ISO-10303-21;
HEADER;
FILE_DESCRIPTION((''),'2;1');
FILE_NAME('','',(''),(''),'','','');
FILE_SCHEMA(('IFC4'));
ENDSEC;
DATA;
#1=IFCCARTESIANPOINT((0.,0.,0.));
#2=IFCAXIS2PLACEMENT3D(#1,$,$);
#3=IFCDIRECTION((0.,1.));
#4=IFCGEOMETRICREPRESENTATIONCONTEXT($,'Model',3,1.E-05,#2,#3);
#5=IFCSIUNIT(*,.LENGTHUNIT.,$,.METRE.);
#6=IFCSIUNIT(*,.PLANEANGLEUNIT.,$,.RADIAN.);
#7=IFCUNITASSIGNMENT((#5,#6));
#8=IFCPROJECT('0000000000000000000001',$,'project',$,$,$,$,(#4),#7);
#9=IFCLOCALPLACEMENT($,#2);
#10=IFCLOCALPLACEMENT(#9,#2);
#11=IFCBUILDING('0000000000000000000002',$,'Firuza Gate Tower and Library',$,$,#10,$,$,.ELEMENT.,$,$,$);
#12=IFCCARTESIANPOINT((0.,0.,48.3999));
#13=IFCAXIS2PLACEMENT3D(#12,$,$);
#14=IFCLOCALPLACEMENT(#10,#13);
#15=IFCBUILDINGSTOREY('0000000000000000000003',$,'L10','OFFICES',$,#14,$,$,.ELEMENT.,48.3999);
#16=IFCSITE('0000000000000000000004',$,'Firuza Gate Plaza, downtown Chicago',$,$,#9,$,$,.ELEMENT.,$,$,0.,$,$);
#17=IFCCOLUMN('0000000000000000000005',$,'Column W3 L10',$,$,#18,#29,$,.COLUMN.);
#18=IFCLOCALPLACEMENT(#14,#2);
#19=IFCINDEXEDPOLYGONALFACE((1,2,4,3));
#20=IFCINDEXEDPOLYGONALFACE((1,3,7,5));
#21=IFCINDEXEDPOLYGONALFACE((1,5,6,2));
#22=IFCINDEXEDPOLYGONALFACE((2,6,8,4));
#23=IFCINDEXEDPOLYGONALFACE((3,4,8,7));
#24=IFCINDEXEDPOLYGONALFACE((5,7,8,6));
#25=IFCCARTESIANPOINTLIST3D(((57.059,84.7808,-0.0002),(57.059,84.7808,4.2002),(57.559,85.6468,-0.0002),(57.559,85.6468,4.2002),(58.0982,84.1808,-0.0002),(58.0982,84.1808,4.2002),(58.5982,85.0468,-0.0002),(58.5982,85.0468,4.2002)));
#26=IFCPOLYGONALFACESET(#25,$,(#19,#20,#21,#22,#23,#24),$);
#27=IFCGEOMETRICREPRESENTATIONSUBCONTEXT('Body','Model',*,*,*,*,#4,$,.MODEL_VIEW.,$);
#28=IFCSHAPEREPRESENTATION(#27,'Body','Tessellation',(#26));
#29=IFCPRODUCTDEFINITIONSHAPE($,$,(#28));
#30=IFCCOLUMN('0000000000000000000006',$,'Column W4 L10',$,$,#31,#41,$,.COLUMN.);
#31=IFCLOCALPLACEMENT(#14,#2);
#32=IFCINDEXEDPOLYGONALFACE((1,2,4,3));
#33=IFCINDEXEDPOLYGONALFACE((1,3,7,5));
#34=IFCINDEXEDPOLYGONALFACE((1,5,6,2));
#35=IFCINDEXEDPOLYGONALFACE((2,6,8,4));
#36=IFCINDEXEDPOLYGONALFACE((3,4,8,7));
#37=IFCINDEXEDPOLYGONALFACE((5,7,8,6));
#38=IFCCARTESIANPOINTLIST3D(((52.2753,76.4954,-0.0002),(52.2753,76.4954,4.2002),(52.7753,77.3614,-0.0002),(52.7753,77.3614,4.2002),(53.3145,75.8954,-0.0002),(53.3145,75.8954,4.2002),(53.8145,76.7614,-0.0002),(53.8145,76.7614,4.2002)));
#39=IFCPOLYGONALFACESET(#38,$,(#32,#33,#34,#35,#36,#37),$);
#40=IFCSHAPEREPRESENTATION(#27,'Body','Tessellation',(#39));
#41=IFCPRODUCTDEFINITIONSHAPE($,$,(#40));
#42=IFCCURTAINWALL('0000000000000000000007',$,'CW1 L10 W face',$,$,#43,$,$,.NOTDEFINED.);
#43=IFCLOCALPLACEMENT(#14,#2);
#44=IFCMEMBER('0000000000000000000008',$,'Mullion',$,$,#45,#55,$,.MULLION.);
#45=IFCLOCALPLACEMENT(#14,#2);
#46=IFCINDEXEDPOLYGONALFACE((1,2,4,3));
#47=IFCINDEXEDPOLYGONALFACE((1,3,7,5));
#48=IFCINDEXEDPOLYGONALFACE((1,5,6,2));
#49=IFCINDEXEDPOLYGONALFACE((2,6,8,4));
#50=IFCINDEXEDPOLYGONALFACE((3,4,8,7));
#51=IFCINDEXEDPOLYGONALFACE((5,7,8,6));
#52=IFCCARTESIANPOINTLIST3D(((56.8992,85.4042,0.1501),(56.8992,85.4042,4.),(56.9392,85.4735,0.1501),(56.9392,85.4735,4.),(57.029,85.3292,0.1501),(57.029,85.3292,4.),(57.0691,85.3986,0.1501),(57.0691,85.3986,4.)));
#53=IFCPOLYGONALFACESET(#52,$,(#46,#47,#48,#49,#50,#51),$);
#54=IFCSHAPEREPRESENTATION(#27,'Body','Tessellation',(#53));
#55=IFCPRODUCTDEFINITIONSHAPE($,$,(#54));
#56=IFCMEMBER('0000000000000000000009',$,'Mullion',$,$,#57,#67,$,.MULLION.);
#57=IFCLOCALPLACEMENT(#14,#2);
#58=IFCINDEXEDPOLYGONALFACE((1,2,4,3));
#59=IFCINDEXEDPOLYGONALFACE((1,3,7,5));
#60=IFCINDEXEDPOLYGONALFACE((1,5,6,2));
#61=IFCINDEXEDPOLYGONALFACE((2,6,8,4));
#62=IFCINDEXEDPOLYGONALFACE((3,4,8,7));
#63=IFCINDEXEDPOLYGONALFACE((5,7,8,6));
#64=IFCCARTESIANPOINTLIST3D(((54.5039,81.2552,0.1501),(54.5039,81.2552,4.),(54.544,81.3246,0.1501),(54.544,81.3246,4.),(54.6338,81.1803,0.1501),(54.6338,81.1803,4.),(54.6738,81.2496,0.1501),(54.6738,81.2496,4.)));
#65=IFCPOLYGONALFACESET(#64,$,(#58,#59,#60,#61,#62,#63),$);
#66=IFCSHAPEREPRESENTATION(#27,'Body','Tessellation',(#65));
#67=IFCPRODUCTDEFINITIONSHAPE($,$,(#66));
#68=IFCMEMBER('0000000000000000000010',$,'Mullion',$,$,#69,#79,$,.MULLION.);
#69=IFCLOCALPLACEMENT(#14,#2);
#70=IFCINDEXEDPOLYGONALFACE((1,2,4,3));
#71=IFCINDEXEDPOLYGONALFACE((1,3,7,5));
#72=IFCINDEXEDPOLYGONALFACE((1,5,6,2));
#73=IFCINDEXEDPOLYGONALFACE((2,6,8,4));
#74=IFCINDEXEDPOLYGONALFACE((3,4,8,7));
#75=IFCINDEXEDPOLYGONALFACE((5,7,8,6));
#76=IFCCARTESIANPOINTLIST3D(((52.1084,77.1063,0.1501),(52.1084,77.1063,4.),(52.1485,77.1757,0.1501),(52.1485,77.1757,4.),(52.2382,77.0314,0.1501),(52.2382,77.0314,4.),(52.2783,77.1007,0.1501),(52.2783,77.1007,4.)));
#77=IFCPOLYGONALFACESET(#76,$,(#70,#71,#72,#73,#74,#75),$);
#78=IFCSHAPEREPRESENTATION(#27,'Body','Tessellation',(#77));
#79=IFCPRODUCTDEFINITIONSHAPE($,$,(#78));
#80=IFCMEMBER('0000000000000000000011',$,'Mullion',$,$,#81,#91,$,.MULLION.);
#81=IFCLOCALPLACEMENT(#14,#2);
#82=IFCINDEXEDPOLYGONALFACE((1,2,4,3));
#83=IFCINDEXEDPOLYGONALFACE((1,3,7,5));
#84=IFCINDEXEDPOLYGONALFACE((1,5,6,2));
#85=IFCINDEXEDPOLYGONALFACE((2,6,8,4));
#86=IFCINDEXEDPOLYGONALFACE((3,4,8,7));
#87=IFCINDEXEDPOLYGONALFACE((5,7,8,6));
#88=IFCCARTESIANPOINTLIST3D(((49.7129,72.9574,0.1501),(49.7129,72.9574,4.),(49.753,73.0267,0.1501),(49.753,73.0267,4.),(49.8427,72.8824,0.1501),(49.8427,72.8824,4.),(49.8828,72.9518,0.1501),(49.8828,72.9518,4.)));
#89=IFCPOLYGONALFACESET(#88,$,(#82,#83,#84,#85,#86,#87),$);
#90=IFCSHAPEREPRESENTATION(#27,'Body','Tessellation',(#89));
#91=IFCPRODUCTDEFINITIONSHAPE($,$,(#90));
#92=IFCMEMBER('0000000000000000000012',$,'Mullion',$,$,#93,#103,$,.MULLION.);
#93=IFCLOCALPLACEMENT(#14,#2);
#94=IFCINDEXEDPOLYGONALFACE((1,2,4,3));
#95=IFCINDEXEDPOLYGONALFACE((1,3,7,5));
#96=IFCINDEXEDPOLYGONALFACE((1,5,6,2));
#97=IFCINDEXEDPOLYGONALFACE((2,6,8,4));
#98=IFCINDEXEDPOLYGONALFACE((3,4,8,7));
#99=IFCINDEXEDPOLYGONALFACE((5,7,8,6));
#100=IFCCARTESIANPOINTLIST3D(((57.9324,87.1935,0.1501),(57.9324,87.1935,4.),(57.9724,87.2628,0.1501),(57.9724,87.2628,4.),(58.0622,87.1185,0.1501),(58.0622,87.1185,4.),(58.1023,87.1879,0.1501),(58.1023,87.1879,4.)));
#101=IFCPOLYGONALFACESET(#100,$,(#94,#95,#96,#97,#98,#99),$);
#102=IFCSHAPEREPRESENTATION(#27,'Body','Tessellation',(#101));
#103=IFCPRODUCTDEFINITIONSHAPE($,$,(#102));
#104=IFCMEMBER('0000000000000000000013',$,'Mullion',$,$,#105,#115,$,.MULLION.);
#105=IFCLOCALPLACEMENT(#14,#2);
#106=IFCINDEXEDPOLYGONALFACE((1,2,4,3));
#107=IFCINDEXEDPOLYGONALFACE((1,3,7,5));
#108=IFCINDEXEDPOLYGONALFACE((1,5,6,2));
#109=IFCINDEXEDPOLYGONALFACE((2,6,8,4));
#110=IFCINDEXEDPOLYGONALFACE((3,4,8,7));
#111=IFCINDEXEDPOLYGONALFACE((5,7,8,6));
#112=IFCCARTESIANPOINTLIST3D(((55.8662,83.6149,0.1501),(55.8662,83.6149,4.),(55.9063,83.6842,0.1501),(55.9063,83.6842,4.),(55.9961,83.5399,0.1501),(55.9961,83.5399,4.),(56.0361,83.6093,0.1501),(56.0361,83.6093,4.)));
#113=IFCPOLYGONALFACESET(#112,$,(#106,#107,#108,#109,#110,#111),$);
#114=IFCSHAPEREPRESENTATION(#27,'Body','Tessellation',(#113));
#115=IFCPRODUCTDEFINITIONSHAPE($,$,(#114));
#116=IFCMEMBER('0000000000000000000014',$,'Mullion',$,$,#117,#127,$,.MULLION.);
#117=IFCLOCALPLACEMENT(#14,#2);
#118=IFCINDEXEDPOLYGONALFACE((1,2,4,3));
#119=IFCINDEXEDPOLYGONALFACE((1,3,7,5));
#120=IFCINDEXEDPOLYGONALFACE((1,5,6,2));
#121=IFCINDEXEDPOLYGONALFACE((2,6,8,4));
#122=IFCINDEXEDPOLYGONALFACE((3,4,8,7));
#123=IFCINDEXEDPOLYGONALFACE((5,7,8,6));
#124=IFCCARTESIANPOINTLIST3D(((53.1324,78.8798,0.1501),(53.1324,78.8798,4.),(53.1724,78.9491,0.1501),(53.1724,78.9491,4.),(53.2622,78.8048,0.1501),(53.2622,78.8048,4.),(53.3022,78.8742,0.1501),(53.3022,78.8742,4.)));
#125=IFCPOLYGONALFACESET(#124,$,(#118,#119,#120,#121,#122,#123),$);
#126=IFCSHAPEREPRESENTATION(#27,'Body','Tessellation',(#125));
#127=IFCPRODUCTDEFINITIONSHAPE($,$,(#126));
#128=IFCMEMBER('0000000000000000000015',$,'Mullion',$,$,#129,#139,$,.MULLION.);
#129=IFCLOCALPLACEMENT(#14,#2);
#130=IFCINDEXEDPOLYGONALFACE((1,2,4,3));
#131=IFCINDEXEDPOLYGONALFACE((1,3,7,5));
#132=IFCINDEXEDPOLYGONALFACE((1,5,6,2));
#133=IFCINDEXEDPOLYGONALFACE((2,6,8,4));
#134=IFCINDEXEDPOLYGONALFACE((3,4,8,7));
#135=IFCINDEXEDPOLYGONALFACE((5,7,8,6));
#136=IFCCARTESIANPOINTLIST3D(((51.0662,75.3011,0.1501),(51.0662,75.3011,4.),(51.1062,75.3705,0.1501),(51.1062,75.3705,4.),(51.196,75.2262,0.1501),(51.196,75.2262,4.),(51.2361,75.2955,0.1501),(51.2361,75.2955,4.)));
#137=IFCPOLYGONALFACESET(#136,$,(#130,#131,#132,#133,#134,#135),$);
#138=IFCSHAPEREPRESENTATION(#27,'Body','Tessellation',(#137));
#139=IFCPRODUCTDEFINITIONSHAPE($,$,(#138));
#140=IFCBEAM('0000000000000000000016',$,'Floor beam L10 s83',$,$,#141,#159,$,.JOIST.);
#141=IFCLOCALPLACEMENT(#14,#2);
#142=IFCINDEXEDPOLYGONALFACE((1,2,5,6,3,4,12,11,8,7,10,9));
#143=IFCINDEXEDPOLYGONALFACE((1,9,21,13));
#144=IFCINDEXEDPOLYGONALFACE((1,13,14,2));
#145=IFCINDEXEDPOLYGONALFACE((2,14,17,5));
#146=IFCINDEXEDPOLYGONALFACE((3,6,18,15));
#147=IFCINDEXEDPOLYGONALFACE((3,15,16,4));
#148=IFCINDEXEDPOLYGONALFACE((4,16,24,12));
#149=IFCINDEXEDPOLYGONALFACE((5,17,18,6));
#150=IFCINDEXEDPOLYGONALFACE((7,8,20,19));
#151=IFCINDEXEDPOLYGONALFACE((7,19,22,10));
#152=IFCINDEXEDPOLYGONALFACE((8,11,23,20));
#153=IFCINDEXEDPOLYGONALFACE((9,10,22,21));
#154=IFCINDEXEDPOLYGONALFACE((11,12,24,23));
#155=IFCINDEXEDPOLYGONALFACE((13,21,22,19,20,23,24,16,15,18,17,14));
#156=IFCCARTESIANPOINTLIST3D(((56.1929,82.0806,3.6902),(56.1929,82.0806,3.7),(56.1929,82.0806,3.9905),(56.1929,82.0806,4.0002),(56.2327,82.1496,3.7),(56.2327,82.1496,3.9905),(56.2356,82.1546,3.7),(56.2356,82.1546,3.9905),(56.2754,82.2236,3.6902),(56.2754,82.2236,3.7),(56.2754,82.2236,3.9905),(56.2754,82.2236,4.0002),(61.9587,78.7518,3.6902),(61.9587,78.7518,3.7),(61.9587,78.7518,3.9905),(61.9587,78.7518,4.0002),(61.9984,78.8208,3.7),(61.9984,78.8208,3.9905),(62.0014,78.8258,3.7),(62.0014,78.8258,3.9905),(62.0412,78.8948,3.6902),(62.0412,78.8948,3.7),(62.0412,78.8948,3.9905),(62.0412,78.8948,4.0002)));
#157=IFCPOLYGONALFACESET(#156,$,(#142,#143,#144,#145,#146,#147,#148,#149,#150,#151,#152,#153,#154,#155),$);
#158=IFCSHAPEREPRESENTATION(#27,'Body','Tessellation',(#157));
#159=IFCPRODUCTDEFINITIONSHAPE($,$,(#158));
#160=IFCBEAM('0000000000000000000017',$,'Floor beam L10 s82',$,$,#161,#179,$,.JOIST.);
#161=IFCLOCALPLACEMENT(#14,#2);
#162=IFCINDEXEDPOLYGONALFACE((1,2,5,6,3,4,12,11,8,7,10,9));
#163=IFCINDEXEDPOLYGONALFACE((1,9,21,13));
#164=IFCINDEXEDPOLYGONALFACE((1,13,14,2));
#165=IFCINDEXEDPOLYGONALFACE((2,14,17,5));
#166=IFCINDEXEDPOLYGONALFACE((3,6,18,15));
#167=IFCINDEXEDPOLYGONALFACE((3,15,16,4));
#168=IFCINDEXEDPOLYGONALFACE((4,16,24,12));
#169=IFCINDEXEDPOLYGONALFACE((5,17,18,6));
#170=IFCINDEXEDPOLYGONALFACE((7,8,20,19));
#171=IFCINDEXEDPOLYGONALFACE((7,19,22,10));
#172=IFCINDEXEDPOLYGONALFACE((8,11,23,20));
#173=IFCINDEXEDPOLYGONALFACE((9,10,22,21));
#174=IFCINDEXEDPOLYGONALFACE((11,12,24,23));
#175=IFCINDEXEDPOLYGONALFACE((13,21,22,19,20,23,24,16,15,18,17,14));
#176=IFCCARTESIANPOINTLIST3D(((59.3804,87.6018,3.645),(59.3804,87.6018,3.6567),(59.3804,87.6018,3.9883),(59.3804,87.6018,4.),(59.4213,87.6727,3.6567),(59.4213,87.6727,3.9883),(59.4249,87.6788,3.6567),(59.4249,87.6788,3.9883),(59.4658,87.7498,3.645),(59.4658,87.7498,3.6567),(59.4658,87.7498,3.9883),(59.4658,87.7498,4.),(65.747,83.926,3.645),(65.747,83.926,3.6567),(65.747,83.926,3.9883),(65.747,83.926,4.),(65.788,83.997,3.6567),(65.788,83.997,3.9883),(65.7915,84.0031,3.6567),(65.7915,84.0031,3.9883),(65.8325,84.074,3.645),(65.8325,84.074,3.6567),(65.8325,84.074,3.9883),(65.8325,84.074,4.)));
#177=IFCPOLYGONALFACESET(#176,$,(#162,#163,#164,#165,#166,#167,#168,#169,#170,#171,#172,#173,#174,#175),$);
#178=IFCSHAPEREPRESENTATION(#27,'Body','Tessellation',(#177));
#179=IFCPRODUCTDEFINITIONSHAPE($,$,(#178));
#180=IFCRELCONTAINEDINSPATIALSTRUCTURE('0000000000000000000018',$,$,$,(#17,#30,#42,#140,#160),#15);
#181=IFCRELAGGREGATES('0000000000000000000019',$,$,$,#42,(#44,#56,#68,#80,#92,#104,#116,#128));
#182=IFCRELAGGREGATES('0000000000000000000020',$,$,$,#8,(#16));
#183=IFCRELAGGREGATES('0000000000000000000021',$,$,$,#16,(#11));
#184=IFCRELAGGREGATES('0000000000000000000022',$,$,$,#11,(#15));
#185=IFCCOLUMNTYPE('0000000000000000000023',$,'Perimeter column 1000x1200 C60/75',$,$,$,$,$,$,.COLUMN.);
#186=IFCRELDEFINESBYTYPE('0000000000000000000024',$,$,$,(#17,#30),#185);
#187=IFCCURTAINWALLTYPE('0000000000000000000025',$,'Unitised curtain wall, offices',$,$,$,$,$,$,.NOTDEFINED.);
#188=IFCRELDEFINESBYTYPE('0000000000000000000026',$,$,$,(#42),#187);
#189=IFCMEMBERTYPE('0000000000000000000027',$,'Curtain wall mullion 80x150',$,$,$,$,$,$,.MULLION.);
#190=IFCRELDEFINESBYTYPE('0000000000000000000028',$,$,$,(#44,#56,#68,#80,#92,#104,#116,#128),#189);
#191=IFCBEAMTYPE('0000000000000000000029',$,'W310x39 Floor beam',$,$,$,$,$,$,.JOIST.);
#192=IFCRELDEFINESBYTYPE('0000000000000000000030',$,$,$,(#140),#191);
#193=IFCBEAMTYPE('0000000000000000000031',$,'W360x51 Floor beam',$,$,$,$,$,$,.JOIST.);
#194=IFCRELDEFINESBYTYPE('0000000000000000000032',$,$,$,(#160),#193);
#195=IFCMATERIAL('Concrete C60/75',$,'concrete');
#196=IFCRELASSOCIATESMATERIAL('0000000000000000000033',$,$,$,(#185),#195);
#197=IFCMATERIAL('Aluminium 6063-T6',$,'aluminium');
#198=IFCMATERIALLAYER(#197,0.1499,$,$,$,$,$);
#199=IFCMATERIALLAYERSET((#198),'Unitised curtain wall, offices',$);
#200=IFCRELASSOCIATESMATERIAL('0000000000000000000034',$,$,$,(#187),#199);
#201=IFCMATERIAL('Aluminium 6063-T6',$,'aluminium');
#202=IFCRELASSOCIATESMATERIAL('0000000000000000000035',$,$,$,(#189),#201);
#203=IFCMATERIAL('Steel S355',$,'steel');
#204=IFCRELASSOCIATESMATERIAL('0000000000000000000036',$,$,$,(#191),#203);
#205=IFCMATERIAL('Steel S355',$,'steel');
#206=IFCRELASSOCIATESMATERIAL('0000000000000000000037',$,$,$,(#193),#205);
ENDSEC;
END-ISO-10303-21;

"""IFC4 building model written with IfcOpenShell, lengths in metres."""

from ifc_helpers import new_model, si_unit, direction, frame, origin, origin_2d, place, context, subcontext, project, spatial, rectangle, i_section, extrude, material, layer, layer_set, material_profile, profile_set, type_object, element, aggregate, save


model = new_model("IFC4")

# Units and contexts
model_context = context("Model", 3, precision=1e-05, world=origin(), true_north=direction((0.0, 1.0)))
body_context = subcontext(model_context, "Body", "Model", "MODEL_VIEW")
ifc_project = project(units=[si_unit("LENGTHUNIT", "METRE"), si_unit("PLANEANGLEUNIT", "RADIAN")], contexts=[model_context])

# Site, building, storey
site_placement = place(None, origin())
site = spatial("IfcSite", under=ifc_project, at=site_placement, Name="Firuza Gate Plaza, downtown Chicago", CompositionType="ELEMENT", RefElevation=0.0)
building_placement = place(site_placement, origin())
building = spatial("IfcBuilding", under=site, at=building_placement, Name="Firuza Gate Tower and Library", CompositionType="ELEMENT")
storey_placement = place(building_placement, frame((0.0, 0.0, 48.3999)))
storey = spatial("IfcBuildingStorey", under=building, at=storey_placement, Name="L10", Description="OFFICES", CompositionType="ELEMENT", Elevation=48.3999)

# Columns
ifc_material_1 = material(Name="Concrete C60/75", Category="concrete")
ifc_material_profile_1 = material_profile(ifc_material_1, rectangle(XDim=1.0, YDim=1.2, at=origin_2d()))
ifc_profile_set_1 = profile_set([ifc_material_profile_1], Name="Concrete C60/75")
column_type = type_object("IfcColumnType", Name="Perimeter column 1000x1200 C60/75", PredefinedType="COLUMN", material=ifc_profile_set_1)
for number, where, z_axis, x_axis, name in (
    (1, (57.8286, 84.9138, -0.0002), (0.0, 0.0, 1.0), (-0.5, -0.866025, 0.0), "Column W3 L10"),
    (2, (53.0449, 76.6284, -0.0002), (0.0, 0.0, 1.0), (-0.5, -0.866025, 0.0), "Column W4 L10"),
):
    element("IfcColumn", number, at=place(storey_placement, frame(where, z_axis=z_axis, x_axis=x_axis)), inside=storey, type_object=column_type, Name=name, PredefinedType="COLUMN", context=body_context, shape_type="SweptSolid", body=[
        extrude(rectangle(XDim=1.0, YDim=1.2, at=origin_2d()), origin(), (0.0, 0.0, 1.0), 4.2004),
    ])

# Curtain wall, members
ifc_material_2 = material(Name="Aluminium 6063-T6", Category="aluminium")
ifc_layer_1 = layer(ifc_material_2, 0.1499)
ifc_layer_set_1 = layer_set([ifc_layer_1], Name="Unitised curtain wall, offices")
curtain_wall_type = type_object("IfcCurtainWallType", Name="Unitised curtain wall, offices", PredefinedType="NOTDEFINED", material=ifc_layer_set_1)
curtain_wall_placement = place(storey_placement, origin())
curtain_wall = element("IfcCurtainWall", 3, at=curtain_wall_placement, inside=storey, type_object=curtain_wall_type, Name="CW1 L10 W face", PredefinedType="NOTDEFINED")
ifc_material_3 = material(Name="Aluminium 6063-T6", Category="aluminium")
ifc_material_profile_2 = material_profile(ifc_material_3, rectangle(XDim=0.1499, YDim=0.0801, at=origin_2d()))
ifc_profile_set_2 = profile_set([ifc_material_profile_2], Name="Aluminium 6063-T6")
member_type = type_object("IfcMemberType", Name="Curtain wall mullion 80x150", PredefinedType="MULLION", material=ifc_profile_set_2)
member_1_placement = place(storey_placement, frame((56.9841, 85.4014, 0.1501), z_axis=(0.0, 0.0, 1.0), x_axis=(0.866025, -0.5, 0.0)))
member_1 = element("IfcMember", 4, at=member_1_placement, type_object=member_type, Name="Mullion", PredefinedType="MULLION", context=body_context, shape_type="SweptSolid", body=[
    extrude(rectangle(XDim=0.1499, YDim=0.0801, at=origin_2d()), origin(), (0.0, 0.0, 1.0), 3.8499),
])
member_2_placement = place(storey_placement, frame((54.5889, 81.2524, 0.1501), z_axis=(0.0, 0.0, 1.0), x_axis=(0.866025, -0.5, 0.0)))
member_2 = element("IfcMember", 5, at=member_2_placement, type_object=member_type, Name="Mullion", PredefinedType="MULLION", context=body_context, shape_type="SweptSolid", body=[
    extrude(rectangle(XDim=0.1499, YDim=0.0801, at=origin_2d()), origin(), (0.0, 0.0, 1.0), 3.8499),
])
member_3_placement = place(storey_placement, frame((52.1934, 77.1035, 0.1501), z_axis=(0.0, 0.0, 1.0), x_axis=(0.866025, -0.5, 0.0)))
member_3 = element("IfcMember", 6, at=member_3_placement, type_object=member_type, Name="Mullion", PredefinedType="MULLION", context=body_context, shape_type="SweptSolid", body=[
    extrude(rectangle(XDim=0.1499, YDim=0.0801, at=origin_2d()), origin(), (0.0, 0.0, 1.0), 3.8499),
])
member_4_placement = place(storey_placement, frame((49.7979, 72.9546, 0.1501), z_axis=(0.0, 0.0, 1.0), x_axis=(0.866025, -0.5, 0.0)))
member_4 = element("IfcMember", 7, at=member_4_placement, type_object=member_type, Name="Mullion", PredefinedType="MULLION", context=body_context, shape_type="SweptSolid", body=[
    extrude(rectangle(XDim=0.1499, YDim=0.0801, at=origin_2d()), origin(), (0.0, 0.0, 1.0), 3.8499),
])
member_5_placement = place(storey_placement, frame((58.0173, 87.1907, 0.1501), z_axis=(0.0, 0.0, 1.0), x_axis=(0.866025, -0.5, 0.0)))
member_5 = element("IfcMember", 8, at=member_5_placement, type_object=member_type, Name="Mullion", PredefinedType="MULLION", context=body_context, shape_type="SweptSolid", body=[
    extrude(rectangle(XDim=0.1499, YDim=0.0801, at=origin_2d()), origin(), (0.0, 0.0, 1.0), 3.8499),
])
member_6_placement = place(storey_placement, frame((55.9512, 83.6121, 0.1501), z_axis=(0.0, 0.0, 1.0), x_axis=(0.866025, -0.5, 0.0)))
member_6 = element("IfcMember", 9, at=member_6_placement, type_object=member_type, Name="Mullion", PredefinedType="MULLION", context=body_context, shape_type="SweptSolid", body=[
    extrude(rectangle(XDim=0.1499, YDim=0.0801, at=origin_2d()), origin(), (0.0, 0.0, 1.0), 3.8499),
])
member_7_placement = place(storey_placement, frame((53.2173, 78.877, 0.1501), z_axis=(0.0, 0.0, 1.0), x_axis=(0.866025, -0.5, 0.0)))
member_7 = element("IfcMember", 10, at=member_7_placement, type_object=member_type, Name="Mullion", PredefinedType="MULLION", context=body_context, shape_type="SweptSolid", body=[
    extrude(rectangle(XDim=0.1499, YDim=0.0801, at=origin_2d()), origin(), (0.0, 0.0, 1.0), 3.8499),
])
member_8_placement = place(storey_placement, frame((51.1511, 75.2983, 0.1501), z_axis=(0.0, 0.0, 1.0), x_axis=(0.866025, -0.5, 0.0)))
member_8 = element("IfcMember", 11, at=member_8_placement, type_object=member_type, Name="Mullion", PredefinedType="MULLION", context=body_context, shape_type="SweptSolid", body=[
    extrude(rectangle(XDim=0.1499, YDim=0.0801, at=origin_2d()), origin(), (0.0, 0.0, 1.0), 3.8499),
])

# Beams
ifc_material_4 = material(Name="Steel S355", Category="steel")
ifc_material_profile_3 = material_profile(ifc_material_4, i_section(OverallWidth=0.165, OverallDepth=0.3101, WebThickness=0.0059, FlangeThickness=0.0098, at=origin_2d()))
ifc_profile_set_3 = profile_set([ifc_material_profile_3], Name="Steel S355")
beam_type_1 = type_object("IfcBeamType", Name="W310x39 Floor beam", PredefinedType="JOIST", material=ifc_profile_set_3)
beam_1_placement = place(storey_placement, frame((56.2341, 82.1521, 3.8452), z_axis=(0.86603, -0.499992, 0.0), x_axis=(0.499992, 0.86603, 0.0)))
element("IfcBeam", 12, at=beam_1_placement, inside=storey, type_object=beam_type_1, Name="Floor beam L10 s83", PredefinedType="JOIST", context=body_context, shape_type="SweptSolid", body=[
    extrude(i_section(OverallWidth=0.165, OverallDepth=0.3101, WebThickness=0.0059, FlangeThickness=0.0098, at=origin_2d()), origin(), (0.0, 0.0, 1.0), 6.6577),
])
ifc_material_5 = material(Name="Steel S355", Category="steel")
ifc_material_profile_4 = material_profile(ifc_material_5, i_section(OverallWidth=0.1709, OverallDepth=0.355, WebThickness=0.0071, FlangeThickness=0.0117, at=origin_2d()))
ifc_profile_set_4 = profile_set([ifc_material_profile_4], Name="Steel S355")
beam_type_2 = type_object("IfcBeamType", Name="W360x51 Floor beam", PredefinedType="JOIST", material=ifc_profile_set_4)
beam_2_placement = place(storey_placement, frame((59.4231, 87.6758, 3.8225), z_axis=(0.866027, -0.499997, 0.0), x_axis=(0.499997, 0.866027, 0.0)))
element("IfcBeam", 13, at=beam_2_placement, inside=storey, type_object=beam_type_2, Name="Floor beam L10 s82", PredefinedType="JOIST", context=body_context, shape_type="SweptSolid", body=[
    extrude(i_section(OverallWidth=0.1709, OverallDepth=0.355, WebThickness=0.0071, FlangeThickness=0.0117, at=origin_2d()), origin(), (0.0, 0.0, 1.0), 7.3516),
])

aggregate(curtain_wall, [member_1, member_2, member_3, member_4, member_5, member_6, member_7, member_8])

save(model, "model.ifc")
